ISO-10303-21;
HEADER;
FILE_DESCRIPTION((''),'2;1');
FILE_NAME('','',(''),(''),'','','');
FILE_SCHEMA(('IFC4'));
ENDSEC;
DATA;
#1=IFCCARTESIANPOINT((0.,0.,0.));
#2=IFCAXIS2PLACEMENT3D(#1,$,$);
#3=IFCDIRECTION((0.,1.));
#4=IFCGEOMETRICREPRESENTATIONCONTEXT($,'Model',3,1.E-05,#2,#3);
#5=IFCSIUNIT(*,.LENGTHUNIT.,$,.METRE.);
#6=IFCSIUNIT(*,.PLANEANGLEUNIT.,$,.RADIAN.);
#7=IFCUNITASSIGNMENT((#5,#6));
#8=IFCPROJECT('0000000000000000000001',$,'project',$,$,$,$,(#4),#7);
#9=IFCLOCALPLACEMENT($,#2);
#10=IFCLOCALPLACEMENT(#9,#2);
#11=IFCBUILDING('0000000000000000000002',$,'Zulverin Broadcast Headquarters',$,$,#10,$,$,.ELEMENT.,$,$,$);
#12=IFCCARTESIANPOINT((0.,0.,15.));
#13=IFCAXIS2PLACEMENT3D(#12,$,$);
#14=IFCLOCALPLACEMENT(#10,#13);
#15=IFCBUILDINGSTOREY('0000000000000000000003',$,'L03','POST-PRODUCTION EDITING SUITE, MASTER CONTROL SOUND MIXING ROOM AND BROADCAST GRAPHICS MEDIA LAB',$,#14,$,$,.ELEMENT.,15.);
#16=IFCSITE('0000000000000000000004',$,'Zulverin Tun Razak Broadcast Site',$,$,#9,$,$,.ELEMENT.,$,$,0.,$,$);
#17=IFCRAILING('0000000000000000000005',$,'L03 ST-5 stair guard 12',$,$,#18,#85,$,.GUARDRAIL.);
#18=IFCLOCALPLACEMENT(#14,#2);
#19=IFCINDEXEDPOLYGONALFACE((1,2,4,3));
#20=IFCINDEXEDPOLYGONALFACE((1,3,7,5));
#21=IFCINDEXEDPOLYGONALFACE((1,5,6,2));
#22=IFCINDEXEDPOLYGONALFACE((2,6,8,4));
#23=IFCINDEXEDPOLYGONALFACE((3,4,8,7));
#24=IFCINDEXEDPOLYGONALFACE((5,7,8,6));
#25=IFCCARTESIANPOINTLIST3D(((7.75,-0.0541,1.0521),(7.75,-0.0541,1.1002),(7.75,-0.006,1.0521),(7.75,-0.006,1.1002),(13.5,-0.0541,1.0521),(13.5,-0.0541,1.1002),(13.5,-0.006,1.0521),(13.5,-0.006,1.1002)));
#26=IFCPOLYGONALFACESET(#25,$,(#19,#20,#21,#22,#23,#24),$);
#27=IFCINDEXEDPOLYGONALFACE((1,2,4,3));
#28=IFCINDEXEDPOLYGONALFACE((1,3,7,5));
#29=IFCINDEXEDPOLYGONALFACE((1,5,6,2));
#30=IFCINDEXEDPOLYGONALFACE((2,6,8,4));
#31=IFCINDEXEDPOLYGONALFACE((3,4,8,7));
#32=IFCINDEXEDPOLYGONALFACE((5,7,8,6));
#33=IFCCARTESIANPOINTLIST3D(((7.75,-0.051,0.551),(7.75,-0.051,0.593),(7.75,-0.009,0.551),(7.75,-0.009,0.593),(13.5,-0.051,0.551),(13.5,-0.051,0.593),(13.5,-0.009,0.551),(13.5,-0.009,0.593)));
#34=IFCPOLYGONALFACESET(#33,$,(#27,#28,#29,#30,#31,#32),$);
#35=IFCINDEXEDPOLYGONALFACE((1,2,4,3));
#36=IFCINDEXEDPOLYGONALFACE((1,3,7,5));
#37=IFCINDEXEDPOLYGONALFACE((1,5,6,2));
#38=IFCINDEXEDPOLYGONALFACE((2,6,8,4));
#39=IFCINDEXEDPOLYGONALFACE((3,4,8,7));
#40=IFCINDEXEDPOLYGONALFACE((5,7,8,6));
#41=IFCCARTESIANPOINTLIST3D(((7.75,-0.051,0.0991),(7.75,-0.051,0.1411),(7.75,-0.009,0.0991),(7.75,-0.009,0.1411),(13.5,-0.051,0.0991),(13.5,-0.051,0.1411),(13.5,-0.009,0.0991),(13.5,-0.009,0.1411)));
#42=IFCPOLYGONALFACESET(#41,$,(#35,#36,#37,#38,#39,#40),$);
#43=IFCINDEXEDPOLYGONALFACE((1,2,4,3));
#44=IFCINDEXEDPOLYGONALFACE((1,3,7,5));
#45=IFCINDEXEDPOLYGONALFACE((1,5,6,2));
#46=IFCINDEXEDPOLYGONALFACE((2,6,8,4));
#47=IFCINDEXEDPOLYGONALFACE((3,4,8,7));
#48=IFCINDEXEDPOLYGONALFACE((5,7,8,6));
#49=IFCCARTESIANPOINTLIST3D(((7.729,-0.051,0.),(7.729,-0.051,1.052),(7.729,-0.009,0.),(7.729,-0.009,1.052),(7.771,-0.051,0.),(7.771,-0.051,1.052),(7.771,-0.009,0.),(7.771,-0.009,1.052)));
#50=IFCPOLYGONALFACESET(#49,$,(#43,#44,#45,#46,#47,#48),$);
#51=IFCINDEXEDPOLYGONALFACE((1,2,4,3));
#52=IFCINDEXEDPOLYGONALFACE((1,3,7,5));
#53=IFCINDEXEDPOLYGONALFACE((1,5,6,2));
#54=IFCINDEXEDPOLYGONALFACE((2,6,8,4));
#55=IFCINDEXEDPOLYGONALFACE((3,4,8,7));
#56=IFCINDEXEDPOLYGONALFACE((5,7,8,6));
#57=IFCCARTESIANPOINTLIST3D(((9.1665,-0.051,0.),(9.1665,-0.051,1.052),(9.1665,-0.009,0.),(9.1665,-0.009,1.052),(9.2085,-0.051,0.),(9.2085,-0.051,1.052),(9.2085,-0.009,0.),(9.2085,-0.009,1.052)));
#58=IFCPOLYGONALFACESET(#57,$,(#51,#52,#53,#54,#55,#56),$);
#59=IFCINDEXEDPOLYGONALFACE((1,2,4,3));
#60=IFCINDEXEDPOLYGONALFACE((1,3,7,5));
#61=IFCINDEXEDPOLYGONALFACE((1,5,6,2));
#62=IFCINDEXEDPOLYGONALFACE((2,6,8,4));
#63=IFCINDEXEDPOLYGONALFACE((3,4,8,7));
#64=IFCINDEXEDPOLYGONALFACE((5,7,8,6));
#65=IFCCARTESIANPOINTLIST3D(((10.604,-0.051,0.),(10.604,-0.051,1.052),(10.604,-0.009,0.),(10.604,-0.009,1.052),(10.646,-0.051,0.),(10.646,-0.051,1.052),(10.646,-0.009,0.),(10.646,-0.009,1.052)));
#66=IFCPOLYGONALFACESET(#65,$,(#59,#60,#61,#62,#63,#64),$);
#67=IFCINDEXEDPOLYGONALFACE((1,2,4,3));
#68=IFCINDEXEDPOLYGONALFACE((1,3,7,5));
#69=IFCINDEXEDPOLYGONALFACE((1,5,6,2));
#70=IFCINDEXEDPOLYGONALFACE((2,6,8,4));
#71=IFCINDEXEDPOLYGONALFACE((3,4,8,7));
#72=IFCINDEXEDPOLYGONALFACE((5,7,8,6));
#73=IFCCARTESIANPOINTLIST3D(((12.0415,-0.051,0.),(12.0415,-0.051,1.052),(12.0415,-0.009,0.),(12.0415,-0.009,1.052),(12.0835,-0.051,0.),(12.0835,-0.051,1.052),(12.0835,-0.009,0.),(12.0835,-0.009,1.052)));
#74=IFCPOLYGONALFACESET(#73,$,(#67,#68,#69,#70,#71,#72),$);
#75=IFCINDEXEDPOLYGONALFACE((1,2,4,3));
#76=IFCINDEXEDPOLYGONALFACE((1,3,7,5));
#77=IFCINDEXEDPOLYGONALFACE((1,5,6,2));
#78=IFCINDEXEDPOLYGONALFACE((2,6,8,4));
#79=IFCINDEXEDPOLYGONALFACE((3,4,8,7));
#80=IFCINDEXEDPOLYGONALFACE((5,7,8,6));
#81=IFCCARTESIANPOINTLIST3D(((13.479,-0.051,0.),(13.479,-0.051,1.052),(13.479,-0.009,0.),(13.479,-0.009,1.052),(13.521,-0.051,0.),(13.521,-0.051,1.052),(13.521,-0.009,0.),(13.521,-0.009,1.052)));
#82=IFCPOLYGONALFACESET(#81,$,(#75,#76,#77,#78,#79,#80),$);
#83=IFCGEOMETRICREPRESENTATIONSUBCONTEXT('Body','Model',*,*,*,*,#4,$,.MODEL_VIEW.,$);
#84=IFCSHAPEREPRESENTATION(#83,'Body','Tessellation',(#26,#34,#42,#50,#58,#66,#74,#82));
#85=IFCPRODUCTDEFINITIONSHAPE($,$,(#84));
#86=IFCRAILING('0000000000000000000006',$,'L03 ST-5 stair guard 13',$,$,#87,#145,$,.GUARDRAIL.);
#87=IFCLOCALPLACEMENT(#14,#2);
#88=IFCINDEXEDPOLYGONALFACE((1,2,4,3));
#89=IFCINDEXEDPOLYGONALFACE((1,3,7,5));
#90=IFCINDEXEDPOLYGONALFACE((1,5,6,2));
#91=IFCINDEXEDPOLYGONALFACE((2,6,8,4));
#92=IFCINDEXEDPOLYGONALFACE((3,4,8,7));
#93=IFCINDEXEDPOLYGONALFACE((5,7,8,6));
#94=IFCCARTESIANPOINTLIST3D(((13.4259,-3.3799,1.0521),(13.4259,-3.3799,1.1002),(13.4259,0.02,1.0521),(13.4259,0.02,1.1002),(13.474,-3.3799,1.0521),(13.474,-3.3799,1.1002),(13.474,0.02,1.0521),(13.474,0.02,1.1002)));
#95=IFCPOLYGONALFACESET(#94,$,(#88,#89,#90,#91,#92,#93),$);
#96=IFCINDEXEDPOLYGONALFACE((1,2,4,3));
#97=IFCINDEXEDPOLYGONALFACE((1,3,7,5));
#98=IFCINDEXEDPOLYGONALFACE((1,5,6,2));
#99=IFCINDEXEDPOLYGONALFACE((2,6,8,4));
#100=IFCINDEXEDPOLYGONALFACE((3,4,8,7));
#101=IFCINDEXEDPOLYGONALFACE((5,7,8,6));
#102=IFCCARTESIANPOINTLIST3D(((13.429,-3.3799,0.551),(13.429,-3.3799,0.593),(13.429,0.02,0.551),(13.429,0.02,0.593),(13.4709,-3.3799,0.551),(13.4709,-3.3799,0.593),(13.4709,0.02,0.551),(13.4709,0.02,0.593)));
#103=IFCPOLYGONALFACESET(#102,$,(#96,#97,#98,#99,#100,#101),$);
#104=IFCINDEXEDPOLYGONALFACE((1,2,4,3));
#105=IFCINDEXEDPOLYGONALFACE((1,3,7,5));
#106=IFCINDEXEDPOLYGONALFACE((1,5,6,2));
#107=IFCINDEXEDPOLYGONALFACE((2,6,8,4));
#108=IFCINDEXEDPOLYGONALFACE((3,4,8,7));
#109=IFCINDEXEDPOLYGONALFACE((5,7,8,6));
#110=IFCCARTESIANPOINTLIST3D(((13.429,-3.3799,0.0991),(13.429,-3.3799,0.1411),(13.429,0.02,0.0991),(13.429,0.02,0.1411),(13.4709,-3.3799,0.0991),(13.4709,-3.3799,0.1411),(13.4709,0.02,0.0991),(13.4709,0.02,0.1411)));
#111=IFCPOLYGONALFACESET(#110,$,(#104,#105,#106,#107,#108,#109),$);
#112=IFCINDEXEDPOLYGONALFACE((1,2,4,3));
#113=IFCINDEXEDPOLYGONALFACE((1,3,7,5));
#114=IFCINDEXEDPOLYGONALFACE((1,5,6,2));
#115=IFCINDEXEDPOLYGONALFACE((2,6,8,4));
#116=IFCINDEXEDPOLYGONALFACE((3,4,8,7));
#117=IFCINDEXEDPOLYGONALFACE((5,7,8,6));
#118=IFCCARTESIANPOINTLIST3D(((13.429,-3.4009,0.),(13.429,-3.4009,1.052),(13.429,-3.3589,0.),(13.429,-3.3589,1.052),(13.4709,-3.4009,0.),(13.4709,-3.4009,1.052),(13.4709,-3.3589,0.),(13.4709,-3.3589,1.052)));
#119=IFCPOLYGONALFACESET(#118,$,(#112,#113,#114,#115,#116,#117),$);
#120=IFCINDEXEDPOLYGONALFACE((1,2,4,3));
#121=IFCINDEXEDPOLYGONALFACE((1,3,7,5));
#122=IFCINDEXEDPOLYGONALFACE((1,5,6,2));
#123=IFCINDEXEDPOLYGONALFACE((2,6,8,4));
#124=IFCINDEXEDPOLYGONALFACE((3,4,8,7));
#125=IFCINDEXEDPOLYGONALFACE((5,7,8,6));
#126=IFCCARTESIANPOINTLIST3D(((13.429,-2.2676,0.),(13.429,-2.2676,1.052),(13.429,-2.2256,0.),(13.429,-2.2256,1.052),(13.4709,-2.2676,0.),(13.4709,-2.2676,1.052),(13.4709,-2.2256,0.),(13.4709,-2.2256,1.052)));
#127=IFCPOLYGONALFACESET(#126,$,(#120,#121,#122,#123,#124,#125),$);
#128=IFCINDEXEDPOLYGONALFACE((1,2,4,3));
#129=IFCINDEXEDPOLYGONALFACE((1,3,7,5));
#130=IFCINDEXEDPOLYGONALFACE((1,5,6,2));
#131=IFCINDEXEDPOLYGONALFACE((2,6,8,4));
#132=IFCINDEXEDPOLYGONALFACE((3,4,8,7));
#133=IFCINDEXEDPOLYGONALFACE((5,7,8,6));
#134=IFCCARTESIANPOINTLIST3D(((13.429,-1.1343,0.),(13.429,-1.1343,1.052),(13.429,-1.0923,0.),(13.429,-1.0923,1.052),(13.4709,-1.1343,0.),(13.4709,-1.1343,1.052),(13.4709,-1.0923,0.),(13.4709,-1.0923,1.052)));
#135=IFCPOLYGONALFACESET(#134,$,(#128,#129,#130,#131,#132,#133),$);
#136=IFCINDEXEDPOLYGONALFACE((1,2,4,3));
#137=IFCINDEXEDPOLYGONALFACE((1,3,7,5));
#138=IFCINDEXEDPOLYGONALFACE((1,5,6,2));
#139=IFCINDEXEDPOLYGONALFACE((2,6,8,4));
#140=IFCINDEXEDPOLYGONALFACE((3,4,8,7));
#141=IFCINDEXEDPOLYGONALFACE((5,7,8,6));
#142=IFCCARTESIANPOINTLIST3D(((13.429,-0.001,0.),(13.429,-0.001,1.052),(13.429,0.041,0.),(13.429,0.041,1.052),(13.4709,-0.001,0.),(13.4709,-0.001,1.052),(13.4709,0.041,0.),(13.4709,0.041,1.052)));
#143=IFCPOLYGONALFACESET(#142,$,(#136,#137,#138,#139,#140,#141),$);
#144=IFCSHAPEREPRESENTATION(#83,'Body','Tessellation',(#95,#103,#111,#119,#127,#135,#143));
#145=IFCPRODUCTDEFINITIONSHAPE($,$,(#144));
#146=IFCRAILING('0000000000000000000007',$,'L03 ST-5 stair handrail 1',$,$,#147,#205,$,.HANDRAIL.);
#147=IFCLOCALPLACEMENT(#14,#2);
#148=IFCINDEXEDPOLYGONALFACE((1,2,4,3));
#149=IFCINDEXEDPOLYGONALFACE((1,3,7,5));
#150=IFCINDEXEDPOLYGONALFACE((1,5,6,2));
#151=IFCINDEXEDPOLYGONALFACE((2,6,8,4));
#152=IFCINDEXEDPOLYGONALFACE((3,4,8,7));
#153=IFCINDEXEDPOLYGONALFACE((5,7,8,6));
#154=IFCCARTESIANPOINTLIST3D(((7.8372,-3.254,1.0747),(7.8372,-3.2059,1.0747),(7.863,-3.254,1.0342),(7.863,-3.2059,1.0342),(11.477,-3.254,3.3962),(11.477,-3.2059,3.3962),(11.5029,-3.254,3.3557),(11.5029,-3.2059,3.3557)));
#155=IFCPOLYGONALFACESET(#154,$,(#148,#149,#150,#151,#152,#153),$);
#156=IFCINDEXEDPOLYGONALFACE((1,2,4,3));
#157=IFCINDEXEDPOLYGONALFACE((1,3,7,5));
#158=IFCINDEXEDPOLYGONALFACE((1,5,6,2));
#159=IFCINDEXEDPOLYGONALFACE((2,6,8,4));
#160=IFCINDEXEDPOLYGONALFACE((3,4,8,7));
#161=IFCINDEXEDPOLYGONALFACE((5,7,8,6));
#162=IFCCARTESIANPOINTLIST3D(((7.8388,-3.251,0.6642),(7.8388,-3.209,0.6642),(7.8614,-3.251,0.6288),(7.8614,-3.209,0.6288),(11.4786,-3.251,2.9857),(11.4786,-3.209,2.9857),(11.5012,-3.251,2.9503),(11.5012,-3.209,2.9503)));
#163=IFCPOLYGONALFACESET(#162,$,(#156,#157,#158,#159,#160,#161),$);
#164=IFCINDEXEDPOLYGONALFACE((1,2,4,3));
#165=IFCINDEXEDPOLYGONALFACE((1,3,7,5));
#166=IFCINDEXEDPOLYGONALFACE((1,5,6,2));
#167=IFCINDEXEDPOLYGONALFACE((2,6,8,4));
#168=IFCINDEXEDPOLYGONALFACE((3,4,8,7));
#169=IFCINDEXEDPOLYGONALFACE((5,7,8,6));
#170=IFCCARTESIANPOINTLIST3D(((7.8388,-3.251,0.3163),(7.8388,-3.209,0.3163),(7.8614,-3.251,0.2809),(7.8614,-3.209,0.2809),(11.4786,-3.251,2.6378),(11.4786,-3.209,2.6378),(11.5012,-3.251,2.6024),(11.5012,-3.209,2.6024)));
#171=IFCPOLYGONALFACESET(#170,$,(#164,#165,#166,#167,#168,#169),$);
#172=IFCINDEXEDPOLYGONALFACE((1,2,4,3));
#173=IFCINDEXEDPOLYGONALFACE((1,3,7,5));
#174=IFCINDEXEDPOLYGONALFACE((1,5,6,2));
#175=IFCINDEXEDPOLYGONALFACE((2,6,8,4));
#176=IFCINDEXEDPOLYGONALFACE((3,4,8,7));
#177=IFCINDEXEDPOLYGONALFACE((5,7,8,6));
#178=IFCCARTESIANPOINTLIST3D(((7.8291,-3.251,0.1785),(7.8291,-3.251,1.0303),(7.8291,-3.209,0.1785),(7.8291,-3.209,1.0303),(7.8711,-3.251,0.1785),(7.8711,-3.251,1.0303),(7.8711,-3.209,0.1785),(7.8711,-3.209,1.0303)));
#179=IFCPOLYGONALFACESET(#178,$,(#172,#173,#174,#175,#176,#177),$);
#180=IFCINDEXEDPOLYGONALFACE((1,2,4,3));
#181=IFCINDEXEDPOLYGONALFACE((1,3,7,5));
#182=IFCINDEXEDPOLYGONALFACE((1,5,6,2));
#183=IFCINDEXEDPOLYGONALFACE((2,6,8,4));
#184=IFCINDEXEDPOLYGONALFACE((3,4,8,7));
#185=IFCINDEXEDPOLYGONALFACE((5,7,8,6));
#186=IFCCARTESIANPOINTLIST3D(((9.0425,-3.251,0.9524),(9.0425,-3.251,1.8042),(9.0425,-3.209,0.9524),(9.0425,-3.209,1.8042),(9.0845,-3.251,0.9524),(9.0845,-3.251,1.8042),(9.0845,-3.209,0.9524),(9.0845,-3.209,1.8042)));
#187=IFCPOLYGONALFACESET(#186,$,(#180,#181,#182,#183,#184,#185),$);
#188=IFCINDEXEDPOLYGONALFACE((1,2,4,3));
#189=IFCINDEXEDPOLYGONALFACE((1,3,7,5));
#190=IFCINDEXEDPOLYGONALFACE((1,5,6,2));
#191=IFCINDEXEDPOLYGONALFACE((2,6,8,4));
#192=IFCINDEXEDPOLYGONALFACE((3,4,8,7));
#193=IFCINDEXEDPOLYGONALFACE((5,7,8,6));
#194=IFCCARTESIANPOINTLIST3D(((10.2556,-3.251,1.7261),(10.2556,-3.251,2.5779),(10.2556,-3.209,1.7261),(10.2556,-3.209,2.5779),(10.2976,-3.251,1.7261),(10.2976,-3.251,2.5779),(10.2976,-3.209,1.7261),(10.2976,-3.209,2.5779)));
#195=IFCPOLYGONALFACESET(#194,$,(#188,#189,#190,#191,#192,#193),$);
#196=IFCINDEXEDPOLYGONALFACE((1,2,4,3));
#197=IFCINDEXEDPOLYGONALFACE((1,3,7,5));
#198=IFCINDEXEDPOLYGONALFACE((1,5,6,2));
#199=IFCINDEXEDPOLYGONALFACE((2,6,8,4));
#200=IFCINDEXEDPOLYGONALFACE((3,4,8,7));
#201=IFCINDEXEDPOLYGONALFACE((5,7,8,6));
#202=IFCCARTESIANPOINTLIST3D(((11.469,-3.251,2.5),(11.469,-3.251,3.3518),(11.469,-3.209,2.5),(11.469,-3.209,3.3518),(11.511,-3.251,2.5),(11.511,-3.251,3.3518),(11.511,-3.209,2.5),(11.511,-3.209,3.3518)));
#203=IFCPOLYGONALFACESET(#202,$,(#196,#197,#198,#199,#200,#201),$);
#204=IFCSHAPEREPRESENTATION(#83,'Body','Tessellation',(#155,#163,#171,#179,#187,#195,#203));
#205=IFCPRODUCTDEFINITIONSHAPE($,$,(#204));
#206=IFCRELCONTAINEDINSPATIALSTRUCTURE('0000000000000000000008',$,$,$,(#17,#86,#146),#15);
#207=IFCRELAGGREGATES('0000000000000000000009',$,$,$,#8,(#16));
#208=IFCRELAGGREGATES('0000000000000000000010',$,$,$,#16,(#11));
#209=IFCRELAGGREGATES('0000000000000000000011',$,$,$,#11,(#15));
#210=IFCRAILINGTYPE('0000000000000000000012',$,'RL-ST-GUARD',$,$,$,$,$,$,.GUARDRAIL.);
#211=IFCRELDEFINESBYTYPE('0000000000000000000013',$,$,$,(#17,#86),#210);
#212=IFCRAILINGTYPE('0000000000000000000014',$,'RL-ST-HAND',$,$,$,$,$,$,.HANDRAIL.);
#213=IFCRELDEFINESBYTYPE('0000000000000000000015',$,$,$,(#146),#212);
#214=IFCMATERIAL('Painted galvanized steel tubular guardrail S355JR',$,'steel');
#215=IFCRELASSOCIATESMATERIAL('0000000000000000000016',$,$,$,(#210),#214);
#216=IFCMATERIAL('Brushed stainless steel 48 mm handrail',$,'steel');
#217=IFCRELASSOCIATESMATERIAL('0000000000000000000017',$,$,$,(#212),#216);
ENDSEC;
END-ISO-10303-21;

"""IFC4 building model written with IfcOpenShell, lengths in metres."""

from ifc_helpers import new_model, si_unit, direction, frame, origin, origin_2d, place, context, subcontext, project, spatial, rectangle, extrude, material, type_object, element, save


model = new_model("IFC4")

# Units and contexts
model_context = context("Model", 3, precision=1e-05, world=origin(), true_north=direction((0.0, 1.0)))
body_context = subcontext(model_context, "Body", "Model", "MODEL_VIEW")
ifc_project = project(units=[si_unit("LENGTHUNIT", "METRE"), si_unit("PLANEANGLEUNIT", "RADIAN")], contexts=[model_context])

# Site, building, storey
site_placement = place(None, origin())
site = spatial("IfcSite", under=ifc_project, at=site_placement, Name="Zulverin Tun Razak Broadcast Site", CompositionType="ELEMENT", RefElevation=0.0)
building_placement = place(site_placement, origin())
building = spatial("IfcBuilding", under=site, at=building_placement, Name="Zulverin Broadcast Headquarters", CompositionType="ELEMENT")
storey_placement = place(building_placement, frame((0.0, 0.0, 15.0)))
storey = spatial("IfcBuildingStorey", under=building, at=storey_placement, Name="L03", Description="POST-PRODUCTION EDITING SUITE, MASTER CONTROL SOUND MIXING ROOM AND BROADCAST GRAPHICS MEDIA LAB", CompositionType="ELEMENT", Elevation=15.0)

# Railings
ifc_material_1 = material(Name="Painted galvanized steel tubular guardrail S355JR", Category="steel")
railing_type_1 = type_object("IfcRailingType", Name="RL-ST-GUARD", PredefinedType="GUARDRAIL", material=ifc_material_1)
railing_1_placement = place(storey_placement, frame((7.75, -0.03, 0.0)))
element("IfcRailing", 1, at=railing_1_placement, inside=storey, type_object=railing_type_1, Name="L03 ST-5 stair guard 12", PredefinedType="GUARDRAIL", context=body_context, shape_type="SweptSolid", body=[
    extrude(rectangle(XDim=0.0481, YDim=0.0481, at=origin_2d()), frame((0.0, 0.0, 1.0762), z_axis=(1.0, 0.0, 0.0), x_axis=(0.0, 1.0, 0.0)), (0.0, 0.0, 1.0), 5.75),
    extrude(rectangle(XDim=0.042, YDim=0.042, at=origin_2d()), frame((0.0, 0.0, 0.572), z_axis=(1.0, 0.0, 0.0), x_axis=(0.0, 1.0, 0.0)), (0.0, 0.0, 1.0), 5.75),
    extrude(rectangle(XDim=0.042, YDim=0.042, at=origin_2d()), frame((0.0, 0.0, 0.1201), z_axis=(1.0, 0.0, 0.0), x_axis=(0.0, 1.0, 0.0)), (0.0, 0.0, 1.0), 5.75),
    extrude(rectangle(XDim=0.042, YDim=0.042, at=origin_2d()), origin(), (0.0, 0.0, 1.0), 1.052),
    extrude(rectangle(XDim=0.042, YDim=0.042, at=origin_2d()), frame((1.4375, 0.0, 0.0)), (0.0, 0.0, 1.0), 1.052),
    extrude(rectangle(XDim=0.042, YDim=0.042, at=origin_2d()), frame((2.875, 0.0, 0.0)), (0.0, 0.0, 1.0), 1.052),
    extrude(rectangle(XDim=0.042, YDim=0.042, at=origin_2d()), frame((4.3125, 0.0, 0.0)), (0.0, 0.0, 1.0), 1.052),
    extrude(rectangle(XDim=0.042, YDim=0.042, at=origin_2d()), frame((5.75, 0.0, 0.0)), (0.0, 0.0, 1.0), 1.052),
])
railing_2_placement = place(storey_placement, frame((13.45, -3.3799, 0.0)))
element("IfcRailing", 2, at=railing_2_placement, inside=storey, type_object=railing_type_1, Name="L03 ST-5 stair guard 13", PredefinedType="GUARDRAIL", context=body_context, shape_type="SweptSolid", body=[
    extrude(rectangle(XDim=0.0481, YDim=0.0481, at=origin_2d()), frame((0.0, 0.0, 1.0762), z_axis=(0.0, 1.0, 0.0), x_axis=(-1.0, 0.0, 0.0)), (0.0, 0.0, 1.0), 3.3999),
    extrude(rectangle(XDim=0.042, YDim=0.042, at=origin_2d()), frame((0.0, 0.0, 0.572), z_axis=(0.0, 1.0, 0.0), x_axis=(-1.0, 0.0, 0.0)), (0.0, 0.0, 1.0), 3.3999),
    extrude(rectangle(XDim=0.042, YDim=0.042, at=origin_2d()), frame((0.0, 0.0, 0.1201), z_axis=(0.0, 1.0, 0.0), x_axis=(-1.0, 0.0, 0.0)), (0.0, 0.0, 1.0), 3.3999),
    extrude(rectangle(XDim=0.042, YDim=0.042, at=origin_2d()), origin(), (0.0, 0.0, 1.0), 1.052),
    extrude(rectangle(XDim=0.042, YDim=0.042, at=origin_2d()), frame((0.0, 1.1333, 0.0)), (0.0, 0.0, 1.0), 1.052),
    extrude(rectangle(XDim=0.042, YDim=0.042, at=origin_2d()), frame((0.0, 2.2666, 0.0)), (0.0, 0.0, 1.0), 1.052),
    extrude(rectangle(XDim=0.042, YDim=0.042, at=origin_2d()), frame((0.0, 3.3999, 0.0)), (0.0, 0.0, 1.0), 1.052),
])
ifc_material_2 = material(Name="Brushed stainless steel 48 mm handrail", Category="steel")
railing_type_2 = type_object("IfcRailingType", Name="RL-ST-HAND", PredefinedType="HANDRAIL", material=ifc_material_2)
railing_3_placement = place(storey_placement, frame((7.8501, -3.23, 0.1785)))
element("IfcRailing", 3, at=railing_3_placement, inside=storey, type_object=railing_type_2, Name="L03 ST-5 stair handrail 1", PredefinedType="HANDRAIL", context=body_context, shape_type="SweptSolid", body=[
    extrude(rectangle(XDim=0.0481, YDim=0.0481, at=origin_2d()), frame((0.0, 0.0, 0.876), z_axis=(0.843112, 0.0, 0.537739), x_axis=(0.0, 1.0, 0.0)), (0.0, 0.0, 1.0), 4.3171),
    extrude(rectangle(XDim=0.042, YDim=0.042, at=origin_2d()), frame((0.0, 0.0, 0.468), z_axis=(0.843112, 0.0, 0.537739), x_axis=(0.0, 1.0, 0.0)), (0.0, 0.0, 1.0), 4.3171),
    extrude(rectangle(XDim=0.042, YDim=0.042, at=origin_2d()), frame((0.0, 0.0, 0.1201), z_axis=(0.843112, 0.0, 0.537739), x_axis=(0.0, 1.0, 0.0)), (0.0, 0.0, 1.0), 4.3171),
    extrude(rectangle(XDim=0.042, YDim=0.042, at=origin_2d()), origin(), (0.0, 0.0, 1.0), 0.8518),
    extrude(rectangle(XDim=0.042, YDim=0.042, at=origin_2d()), frame((1.2134, 0.0, 0.7739)), (0.0, 0.0, 1.0), 0.8518),
    extrude(rectangle(XDim=0.042, YDim=0.042, at=origin_2d()), frame((2.4265, 0.0, 1.5476)), (0.0, 0.0, 1.0), 0.8518),
    extrude(rectangle(XDim=0.042, YDim=0.042, at=origin_2d()), frame((3.6399, 0.0, 2.3215)), (0.0, 0.0, 1.0), 0.8518),
])

save(model, "model.ifc")
